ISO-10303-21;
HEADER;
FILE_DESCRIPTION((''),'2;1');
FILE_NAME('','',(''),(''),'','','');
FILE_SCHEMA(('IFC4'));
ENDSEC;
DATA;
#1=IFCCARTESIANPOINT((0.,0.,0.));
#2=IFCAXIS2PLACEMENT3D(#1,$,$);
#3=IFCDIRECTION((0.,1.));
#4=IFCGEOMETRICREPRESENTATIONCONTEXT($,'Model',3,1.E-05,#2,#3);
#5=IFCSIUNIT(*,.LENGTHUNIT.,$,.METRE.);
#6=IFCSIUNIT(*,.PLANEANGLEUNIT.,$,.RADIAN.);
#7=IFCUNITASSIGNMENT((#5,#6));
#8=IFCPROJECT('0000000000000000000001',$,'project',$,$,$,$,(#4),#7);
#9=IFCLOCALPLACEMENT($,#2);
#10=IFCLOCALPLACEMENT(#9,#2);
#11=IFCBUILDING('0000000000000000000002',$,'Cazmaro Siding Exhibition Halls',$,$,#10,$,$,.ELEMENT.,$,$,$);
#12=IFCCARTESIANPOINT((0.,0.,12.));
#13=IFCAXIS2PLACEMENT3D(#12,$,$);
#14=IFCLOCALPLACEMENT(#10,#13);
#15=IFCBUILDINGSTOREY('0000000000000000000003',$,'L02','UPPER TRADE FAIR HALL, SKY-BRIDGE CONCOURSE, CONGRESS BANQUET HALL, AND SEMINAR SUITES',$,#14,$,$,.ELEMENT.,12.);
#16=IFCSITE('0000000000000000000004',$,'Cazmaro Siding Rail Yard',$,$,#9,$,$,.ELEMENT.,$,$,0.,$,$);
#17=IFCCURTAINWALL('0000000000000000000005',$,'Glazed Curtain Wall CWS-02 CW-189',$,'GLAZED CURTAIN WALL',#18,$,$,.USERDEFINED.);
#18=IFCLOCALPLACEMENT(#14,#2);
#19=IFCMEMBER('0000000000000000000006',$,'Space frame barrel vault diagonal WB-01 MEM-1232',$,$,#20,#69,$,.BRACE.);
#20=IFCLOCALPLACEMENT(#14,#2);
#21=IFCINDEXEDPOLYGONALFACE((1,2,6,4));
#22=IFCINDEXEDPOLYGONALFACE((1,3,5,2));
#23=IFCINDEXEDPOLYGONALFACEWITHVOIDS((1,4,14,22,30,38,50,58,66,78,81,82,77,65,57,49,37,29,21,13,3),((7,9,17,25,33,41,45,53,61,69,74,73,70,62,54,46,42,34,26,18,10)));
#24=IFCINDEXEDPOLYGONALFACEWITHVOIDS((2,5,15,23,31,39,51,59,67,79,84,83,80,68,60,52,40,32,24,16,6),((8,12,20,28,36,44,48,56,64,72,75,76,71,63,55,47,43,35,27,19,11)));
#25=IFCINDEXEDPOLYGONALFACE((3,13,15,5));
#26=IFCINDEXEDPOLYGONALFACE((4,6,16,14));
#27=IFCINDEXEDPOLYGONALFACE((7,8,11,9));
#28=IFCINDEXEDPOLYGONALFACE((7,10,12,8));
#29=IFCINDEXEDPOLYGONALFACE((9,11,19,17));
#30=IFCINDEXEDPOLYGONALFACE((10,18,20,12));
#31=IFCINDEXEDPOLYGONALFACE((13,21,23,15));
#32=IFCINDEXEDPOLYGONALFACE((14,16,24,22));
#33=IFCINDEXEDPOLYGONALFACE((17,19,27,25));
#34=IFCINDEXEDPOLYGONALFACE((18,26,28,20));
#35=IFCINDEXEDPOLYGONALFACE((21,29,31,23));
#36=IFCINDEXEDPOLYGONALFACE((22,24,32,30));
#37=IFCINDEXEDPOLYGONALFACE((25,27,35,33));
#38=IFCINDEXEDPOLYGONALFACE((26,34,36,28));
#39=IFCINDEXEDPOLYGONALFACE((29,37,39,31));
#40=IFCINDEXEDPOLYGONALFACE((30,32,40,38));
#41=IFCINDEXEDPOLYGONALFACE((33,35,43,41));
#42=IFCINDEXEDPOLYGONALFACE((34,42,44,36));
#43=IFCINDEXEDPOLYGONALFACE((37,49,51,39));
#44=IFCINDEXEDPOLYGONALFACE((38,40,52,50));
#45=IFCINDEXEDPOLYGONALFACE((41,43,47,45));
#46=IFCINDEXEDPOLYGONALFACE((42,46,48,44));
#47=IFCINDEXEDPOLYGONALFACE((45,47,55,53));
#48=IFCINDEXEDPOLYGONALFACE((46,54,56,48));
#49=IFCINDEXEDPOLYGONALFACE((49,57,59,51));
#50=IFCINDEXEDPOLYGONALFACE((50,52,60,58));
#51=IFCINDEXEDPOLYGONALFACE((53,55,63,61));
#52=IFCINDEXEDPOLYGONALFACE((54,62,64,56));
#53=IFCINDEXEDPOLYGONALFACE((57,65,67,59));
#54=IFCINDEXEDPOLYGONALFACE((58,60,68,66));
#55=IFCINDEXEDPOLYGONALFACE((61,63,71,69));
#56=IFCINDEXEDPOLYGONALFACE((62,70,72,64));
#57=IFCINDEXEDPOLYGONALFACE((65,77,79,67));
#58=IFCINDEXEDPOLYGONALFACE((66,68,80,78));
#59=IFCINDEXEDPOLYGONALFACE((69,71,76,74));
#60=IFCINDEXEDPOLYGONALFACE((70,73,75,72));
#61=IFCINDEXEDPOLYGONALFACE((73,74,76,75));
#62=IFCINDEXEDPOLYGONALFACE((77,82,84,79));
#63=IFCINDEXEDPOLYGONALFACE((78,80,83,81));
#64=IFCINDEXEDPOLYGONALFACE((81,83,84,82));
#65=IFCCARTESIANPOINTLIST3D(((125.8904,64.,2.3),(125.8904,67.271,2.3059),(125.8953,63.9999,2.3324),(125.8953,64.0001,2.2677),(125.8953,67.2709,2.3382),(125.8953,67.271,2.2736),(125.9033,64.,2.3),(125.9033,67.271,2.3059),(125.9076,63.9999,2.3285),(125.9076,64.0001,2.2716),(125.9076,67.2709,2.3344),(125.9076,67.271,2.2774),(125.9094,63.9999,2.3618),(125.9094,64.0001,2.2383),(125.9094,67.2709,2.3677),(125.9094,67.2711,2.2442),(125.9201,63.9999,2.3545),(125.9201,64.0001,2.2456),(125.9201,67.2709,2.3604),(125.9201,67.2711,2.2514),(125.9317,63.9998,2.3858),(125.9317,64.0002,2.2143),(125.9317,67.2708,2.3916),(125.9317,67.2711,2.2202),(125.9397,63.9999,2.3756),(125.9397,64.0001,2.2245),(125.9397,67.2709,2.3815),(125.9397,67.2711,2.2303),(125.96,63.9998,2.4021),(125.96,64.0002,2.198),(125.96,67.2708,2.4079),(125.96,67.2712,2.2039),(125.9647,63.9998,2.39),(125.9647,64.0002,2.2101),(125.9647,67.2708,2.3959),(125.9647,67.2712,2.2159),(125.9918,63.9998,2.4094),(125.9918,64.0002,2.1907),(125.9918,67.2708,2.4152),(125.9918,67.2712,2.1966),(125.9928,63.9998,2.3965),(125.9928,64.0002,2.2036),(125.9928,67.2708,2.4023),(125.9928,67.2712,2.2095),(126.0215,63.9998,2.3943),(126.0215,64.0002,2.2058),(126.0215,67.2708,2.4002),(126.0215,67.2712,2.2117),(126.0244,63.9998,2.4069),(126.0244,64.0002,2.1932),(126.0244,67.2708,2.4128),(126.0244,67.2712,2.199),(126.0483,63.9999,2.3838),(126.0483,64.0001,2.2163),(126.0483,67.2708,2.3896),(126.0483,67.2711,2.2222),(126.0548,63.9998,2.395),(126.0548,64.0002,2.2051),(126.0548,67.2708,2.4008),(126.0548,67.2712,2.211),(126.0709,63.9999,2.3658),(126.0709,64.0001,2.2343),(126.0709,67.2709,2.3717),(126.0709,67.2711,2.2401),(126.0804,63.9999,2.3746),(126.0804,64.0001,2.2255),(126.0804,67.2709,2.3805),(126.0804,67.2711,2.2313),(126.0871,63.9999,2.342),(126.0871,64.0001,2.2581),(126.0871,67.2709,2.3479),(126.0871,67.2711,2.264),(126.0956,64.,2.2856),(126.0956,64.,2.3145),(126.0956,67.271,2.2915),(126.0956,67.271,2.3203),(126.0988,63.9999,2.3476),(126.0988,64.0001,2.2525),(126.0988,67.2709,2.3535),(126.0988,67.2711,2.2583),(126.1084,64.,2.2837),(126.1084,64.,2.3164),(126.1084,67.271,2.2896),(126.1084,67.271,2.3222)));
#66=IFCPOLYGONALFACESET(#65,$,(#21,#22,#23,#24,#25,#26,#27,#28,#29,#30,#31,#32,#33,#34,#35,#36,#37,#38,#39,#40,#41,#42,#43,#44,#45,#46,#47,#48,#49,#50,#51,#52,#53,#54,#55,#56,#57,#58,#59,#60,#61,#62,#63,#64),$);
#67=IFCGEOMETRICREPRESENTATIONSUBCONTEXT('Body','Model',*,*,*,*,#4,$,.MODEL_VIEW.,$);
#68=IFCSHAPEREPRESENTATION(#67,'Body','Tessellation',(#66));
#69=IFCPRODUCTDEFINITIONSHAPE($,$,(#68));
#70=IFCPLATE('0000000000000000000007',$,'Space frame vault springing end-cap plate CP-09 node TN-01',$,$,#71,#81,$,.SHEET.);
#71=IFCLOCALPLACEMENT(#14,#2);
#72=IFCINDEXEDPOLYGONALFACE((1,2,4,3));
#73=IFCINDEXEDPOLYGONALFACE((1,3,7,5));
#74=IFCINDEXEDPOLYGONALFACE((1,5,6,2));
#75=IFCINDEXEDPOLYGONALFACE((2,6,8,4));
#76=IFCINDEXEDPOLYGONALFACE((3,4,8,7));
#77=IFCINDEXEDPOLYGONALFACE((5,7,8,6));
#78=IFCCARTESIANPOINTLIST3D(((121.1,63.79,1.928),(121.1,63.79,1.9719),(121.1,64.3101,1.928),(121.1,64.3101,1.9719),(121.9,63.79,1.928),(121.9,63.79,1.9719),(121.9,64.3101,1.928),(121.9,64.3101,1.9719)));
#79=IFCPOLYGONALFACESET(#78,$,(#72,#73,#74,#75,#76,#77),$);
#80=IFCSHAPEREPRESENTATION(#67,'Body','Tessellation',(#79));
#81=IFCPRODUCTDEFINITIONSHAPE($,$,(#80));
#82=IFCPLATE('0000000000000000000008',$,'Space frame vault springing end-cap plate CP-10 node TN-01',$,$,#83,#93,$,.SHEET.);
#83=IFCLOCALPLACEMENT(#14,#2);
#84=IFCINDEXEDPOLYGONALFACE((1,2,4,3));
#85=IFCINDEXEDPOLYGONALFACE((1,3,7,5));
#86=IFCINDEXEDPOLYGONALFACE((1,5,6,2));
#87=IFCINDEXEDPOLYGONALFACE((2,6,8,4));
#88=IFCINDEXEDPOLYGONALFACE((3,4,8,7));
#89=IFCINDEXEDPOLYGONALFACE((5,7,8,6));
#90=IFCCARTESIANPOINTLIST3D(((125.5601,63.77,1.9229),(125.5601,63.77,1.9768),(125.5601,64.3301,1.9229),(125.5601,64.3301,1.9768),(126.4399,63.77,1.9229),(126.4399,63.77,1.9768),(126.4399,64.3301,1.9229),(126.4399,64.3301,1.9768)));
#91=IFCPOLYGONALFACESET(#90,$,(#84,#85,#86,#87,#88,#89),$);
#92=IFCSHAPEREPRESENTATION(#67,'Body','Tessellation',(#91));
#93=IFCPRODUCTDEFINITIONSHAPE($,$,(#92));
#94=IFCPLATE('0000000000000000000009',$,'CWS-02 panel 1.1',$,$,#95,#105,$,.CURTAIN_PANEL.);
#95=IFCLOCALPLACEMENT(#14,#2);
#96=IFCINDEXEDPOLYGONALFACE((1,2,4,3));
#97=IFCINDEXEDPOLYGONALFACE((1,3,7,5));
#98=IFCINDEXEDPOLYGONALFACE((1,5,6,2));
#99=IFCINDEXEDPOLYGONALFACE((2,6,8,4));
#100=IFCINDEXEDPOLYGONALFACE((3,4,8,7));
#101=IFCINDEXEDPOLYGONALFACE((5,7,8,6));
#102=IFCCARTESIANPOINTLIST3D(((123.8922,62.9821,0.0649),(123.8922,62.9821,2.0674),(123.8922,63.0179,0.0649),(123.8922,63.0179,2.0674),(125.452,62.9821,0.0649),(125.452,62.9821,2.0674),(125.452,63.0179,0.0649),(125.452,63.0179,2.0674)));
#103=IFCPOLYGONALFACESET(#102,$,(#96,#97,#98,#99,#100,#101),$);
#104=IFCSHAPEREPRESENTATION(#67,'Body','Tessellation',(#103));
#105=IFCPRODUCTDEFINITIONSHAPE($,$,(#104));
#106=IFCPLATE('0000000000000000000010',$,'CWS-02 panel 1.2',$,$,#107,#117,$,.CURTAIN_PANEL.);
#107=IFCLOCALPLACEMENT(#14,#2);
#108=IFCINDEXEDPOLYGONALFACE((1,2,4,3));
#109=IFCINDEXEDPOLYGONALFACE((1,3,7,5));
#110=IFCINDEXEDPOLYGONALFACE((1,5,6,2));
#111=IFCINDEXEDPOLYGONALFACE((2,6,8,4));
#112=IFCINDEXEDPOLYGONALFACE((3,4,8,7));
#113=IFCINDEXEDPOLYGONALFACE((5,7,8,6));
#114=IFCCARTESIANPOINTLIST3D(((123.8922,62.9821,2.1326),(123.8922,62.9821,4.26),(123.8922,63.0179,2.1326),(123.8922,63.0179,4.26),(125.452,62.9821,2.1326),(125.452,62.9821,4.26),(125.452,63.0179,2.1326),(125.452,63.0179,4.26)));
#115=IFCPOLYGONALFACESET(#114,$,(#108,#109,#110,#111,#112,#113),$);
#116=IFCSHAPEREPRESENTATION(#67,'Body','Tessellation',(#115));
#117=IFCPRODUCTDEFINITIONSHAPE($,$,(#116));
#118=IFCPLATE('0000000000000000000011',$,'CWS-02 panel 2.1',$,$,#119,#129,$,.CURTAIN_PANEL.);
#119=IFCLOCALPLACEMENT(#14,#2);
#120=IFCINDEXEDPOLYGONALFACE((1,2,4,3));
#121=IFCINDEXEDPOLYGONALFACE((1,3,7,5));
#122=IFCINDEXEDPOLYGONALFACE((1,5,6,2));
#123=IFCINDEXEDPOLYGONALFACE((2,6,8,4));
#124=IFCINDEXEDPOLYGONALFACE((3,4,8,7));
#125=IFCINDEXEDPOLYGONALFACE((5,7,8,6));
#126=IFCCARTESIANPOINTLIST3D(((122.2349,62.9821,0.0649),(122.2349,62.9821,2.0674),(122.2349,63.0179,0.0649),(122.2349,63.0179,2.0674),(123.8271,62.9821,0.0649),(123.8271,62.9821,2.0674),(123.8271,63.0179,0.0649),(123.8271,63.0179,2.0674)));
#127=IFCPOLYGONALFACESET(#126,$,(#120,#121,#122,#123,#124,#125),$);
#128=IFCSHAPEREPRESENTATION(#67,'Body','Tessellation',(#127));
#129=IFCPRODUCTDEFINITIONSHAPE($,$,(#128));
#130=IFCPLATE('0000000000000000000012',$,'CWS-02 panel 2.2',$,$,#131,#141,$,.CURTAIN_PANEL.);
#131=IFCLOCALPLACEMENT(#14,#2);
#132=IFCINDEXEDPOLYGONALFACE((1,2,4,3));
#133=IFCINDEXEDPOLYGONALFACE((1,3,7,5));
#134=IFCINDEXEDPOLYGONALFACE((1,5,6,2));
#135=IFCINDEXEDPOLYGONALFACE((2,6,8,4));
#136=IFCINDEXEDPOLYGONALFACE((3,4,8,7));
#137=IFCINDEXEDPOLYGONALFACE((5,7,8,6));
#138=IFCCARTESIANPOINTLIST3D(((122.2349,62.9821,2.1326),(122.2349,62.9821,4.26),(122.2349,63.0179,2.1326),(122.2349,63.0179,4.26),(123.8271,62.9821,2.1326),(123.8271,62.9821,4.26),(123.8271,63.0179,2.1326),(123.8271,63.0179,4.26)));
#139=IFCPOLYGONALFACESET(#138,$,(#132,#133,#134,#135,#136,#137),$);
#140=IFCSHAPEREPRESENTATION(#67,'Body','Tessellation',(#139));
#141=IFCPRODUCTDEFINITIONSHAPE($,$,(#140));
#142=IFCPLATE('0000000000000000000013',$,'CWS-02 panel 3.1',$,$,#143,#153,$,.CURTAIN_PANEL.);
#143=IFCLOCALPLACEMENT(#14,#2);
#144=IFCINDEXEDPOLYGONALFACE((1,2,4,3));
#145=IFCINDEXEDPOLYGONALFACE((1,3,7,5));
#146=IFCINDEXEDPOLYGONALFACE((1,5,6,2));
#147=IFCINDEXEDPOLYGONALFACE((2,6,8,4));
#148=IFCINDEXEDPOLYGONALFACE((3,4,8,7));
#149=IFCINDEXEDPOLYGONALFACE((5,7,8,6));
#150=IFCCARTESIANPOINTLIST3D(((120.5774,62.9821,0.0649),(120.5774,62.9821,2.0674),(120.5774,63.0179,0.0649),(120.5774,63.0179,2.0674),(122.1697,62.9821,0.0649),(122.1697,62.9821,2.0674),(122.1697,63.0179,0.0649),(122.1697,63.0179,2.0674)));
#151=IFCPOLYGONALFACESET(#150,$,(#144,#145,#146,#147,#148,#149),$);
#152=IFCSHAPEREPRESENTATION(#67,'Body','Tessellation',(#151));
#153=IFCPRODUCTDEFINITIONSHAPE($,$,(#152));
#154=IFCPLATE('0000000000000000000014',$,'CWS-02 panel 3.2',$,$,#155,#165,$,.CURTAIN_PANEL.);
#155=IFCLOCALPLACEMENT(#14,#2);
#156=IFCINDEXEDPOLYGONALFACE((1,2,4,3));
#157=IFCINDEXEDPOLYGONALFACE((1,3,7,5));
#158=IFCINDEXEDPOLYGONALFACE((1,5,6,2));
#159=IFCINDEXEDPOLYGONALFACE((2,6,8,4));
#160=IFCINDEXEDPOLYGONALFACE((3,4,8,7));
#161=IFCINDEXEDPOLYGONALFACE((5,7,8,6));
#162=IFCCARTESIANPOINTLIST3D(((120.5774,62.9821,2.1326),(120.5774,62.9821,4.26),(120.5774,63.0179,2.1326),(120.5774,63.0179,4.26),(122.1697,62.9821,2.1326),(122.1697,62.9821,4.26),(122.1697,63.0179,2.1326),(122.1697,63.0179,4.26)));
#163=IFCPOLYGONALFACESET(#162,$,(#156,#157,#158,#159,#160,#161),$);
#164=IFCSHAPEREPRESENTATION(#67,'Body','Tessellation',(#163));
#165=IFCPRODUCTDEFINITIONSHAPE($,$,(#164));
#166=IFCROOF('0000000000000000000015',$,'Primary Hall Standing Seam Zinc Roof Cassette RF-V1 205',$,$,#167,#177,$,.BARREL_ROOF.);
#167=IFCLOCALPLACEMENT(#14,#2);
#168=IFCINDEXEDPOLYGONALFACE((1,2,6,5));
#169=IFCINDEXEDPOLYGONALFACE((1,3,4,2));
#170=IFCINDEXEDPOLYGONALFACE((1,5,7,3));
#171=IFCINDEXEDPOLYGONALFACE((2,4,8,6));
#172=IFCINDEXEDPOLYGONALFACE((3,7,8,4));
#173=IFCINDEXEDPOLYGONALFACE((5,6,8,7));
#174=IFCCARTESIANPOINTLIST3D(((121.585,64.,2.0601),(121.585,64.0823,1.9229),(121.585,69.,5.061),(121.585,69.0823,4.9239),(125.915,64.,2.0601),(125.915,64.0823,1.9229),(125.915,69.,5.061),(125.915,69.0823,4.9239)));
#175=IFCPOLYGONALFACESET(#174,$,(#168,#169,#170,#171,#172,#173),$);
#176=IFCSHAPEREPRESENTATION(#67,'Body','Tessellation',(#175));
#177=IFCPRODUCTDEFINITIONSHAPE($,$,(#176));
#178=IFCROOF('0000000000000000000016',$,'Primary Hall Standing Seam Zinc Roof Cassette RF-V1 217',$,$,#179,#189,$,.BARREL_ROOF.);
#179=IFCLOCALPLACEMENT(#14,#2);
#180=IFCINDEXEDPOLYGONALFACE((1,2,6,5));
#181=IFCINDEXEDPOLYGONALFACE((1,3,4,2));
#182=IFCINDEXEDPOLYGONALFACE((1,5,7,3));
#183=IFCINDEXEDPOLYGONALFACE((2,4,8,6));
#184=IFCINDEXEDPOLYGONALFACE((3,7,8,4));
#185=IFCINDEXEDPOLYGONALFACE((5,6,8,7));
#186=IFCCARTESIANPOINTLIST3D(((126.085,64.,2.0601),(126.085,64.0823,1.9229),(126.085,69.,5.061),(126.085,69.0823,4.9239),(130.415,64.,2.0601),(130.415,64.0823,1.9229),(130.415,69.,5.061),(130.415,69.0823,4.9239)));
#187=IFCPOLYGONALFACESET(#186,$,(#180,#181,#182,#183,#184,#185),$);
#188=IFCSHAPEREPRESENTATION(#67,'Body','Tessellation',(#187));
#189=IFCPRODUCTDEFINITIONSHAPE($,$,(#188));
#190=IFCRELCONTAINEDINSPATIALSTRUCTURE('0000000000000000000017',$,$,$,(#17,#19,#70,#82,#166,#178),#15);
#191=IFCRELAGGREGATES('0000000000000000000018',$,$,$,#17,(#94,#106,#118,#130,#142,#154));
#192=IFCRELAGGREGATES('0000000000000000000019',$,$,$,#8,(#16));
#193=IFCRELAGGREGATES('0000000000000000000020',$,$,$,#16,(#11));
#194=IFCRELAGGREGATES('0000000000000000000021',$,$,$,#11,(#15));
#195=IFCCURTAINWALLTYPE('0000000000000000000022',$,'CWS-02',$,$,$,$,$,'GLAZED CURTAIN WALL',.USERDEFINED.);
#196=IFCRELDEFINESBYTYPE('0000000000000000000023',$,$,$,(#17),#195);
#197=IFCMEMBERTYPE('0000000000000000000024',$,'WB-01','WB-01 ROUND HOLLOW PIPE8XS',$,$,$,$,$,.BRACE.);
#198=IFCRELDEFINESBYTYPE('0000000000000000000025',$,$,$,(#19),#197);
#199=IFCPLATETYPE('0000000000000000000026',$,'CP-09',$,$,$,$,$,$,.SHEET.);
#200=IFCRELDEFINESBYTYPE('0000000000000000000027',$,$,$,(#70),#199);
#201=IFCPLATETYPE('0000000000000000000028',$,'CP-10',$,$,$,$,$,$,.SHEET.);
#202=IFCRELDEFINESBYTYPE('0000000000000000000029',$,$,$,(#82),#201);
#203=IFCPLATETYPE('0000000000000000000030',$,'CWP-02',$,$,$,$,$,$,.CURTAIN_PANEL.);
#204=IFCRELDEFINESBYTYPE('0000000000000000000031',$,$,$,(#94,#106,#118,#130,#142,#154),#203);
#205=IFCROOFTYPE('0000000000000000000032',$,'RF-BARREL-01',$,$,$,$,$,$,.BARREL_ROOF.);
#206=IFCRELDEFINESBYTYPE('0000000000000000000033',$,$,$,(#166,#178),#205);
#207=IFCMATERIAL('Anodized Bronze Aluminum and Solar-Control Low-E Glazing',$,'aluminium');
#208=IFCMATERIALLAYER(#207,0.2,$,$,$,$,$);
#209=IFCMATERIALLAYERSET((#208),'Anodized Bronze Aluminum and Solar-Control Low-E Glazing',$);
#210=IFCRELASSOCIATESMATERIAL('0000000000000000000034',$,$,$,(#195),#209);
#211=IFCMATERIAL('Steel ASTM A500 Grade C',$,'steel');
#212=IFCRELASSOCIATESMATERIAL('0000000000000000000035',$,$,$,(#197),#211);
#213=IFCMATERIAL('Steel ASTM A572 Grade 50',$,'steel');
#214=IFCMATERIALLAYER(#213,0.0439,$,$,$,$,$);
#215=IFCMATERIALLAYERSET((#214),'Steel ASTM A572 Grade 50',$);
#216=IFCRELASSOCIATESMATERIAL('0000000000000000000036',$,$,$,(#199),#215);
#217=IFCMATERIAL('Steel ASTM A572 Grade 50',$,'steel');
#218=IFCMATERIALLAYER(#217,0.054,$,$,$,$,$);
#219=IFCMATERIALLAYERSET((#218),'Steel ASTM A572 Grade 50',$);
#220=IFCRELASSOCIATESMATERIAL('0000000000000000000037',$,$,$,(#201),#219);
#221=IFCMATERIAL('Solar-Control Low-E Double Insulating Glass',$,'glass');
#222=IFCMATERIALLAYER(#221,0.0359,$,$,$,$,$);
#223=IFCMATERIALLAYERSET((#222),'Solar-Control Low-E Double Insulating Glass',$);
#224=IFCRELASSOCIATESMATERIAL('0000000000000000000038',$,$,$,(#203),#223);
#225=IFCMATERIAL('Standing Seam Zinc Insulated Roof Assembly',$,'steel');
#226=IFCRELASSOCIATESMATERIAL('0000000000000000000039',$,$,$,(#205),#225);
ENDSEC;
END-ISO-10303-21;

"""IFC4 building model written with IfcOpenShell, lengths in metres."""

from ifc_helpers import new_model, si_unit, direction, frame, origin, origin_2d, place, context, subcontext, project, spatial, polyline, rectangle, hollow_circle, outline, extrude, material, layer, layer_set, material_profile, profile_set, type_object, element, aggregate, save


model = new_model("IFC4")

# Units and contexts
model_context = context("Model", 3, precision=1e-05, world=origin(), true_north=direction((0.0, 1.0)))
body_context = subcontext(model_context, "Body", "Model", "MODEL_VIEW")
ifc_project = project(units=[si_unit("LENGTHUNIT", "METRE"), si_unit("PLANEANGLEUNIT", "RADIAN")], contexts=[model_context])

# Site, building, storey
site_placement = place(None, origin())
site = spatial("IfcSite", under=ifc_project, at=site_placement, Name="Cazmaro Siding Rail Yard", CompositionType="ELEMENT", RefElevation=0.0)
building_placement = place(site_placement, origin())
building = spatial("IfcBuilding", under=site, at=building_placement, Name="Cazmaro Siding Exhibition Halls", CompositionType="ELEMENT")
storey_placement = place(building_placement, frame((0.0, 0.0, 12.0)))
storey = spatial("IfcBuildingStorey", under=building, at=storey_placement, Name="L02", Description="UPPER TRADE FAIR HALL, SKY-BRIDGE CONCOURSE, CONGRESS BANQUET HALL, AND SEMINAR SUITES", CompositionType="ELEMENT", Elevation=12.0)

# Curtain wall
ifc_material_1 = material(Name="Anodized Bronze Aluminum and Solar-Control Low-E Glazing", Category="aluminium")
ifc_layer_1 = layer(ifc_material_1, 0.2)
ifc_layer_set_1 = layer_set([ifc_layer_1], Name="Anodized Bronze Aluminum and Solar-Control Low-E Glazing")
curtain_wall_type = type_object("IfcCurtainWallType", Name="CWS-02", ElementType="GLAZED CURTAIN WALL", PredefinedType="USERDEFINED", material=ifc_layer_set_1)
curtain_wall_placement = place(storey_placement, origin())
curtain_wall = element("IfcCurtainWall", 1, at=curtain_wall_placement, inside=storey, type_object=curtain_wall_type, Name="Glazed Curtain Wall CWS-02 CW-189", ObjectType="GLAZED CURTAIN WALL", PredefinedType="USERDEFINED")

# Member
ifc_material_2 = material(Name="Steel ASTM A500 Grade C", Category="steel")
ifc_material_profile_1 = material_profile(ifc_material_2, hollow_circle(Radius=0.1096, WallThickness=0.0129, at=origin_2d()), Name="PIPE8XS")
ifc_profile_set_1 = profile_set([ifc_material_profile_1], Name="Steel ASTM A500 Grade C")
member_type_1 = type_object("IfcMemberType", Name="WB-01", Description="WB-01 ROUND HOLLOW PIPE8XS", PredefinedType="BRACE", material=ifc_profile_set_1)
for number, where, z_axis, x_axis, name in (
    (2, (126.0, 64.0, 2.3), (0.0, 0.999998, 0.001791), (-1.0, 0.0, 0.0), "Space frame barrel vault diagonal WB-01 MEM-1232"),
):
    element("IfcMember", number, at=place(storey_placement, frame(where, z_axis=z_axis, x_axis=x_axis)), inside=storey, type_object=member_type_1, Name=name, PredefinedType="BRACE", context=body_context, shape_type="SweptSolid", body=[
        extrude(hollow_circle(Radius=0.1096, WallThickness=0.0129, at=origin_2d()), origin(), (0.0, 0.0, 1.0), 3.271),
    ])

# Plates
ifc_material_3 = material(Name="Steel ASTM A572 Grade 50", Category="steel")
ifc_layer_2 = layer(ifc_material_3, 0.0439)
ifc_layer_set_2 = layer_set([ifc_layer_2], Name="Steel ASTM A572 Grade 50")
plate_type_1 = type_object("IfcPlateType", Name="CP-09", PredefinedType="SHEET", material=ifc_layer_set_2)
plate_1_placement = place(storey_placement, frame((121.5, 64.05, 1.928), z_axis=(0.0, 0.0, 1.0), x_axis=(1.0, 0.0, 0.0)))
element("IfcPlate", 3, at=plate_1_placement, inside=storey, type_object=plate_type_1, Name="Space frame vault springing end-cap plate CP-09 node TN-01", PredefinedType="SHEET", context=body_context, shape_type="SweptSolid", body=[
    extrude(rectangle(XDim=0.8, YDim=0.52, at=origin_2d()), origin(), (0.0, 0.0, 1.0), 0.0439),
])
ifc_material_4 = material(Name="Steel ASTM A572 Grade 50", Category="steel")
ifc_layer_3 = layer(ifc_material_4, 0.054)
ifc_layer_set_3 = layer_set([ifc_layer_3], Name="Steel ASTM A572 Grade 50")
plate_type_2 = type_object("IfcPlateType", Name="CP-10", PredefinedType="SHEET", material=ifc_layer_set_3)
plate_2_placement = place(storey_placement, frame((126.0, 64.05, 1.9229), z_axis=(0.0, 0.0, 1.0), x_axis=(1.0, 0.0, 0.0)))
element("IfcPlate", 4, at=plate_2_placement, inside=storey, type_object=plate_type_2, Name="Space frame vault springing end-cap plate CP-10 node TN-01", PredefinedType="SHEET", context=body_context, shape_type="SweptSolid", body=[
    extrude(rectangle(XDim=0.8799, YDim=0.5601, at=origin_2d()), origin(), (0.0, 0.0, 1.0), 0.054),
])

# Plates
ifc_material_5 = material(Name="Solar-Control Low-E Double Insulating Glass", Category="glass")
ifc_layer_4 = layer(ifc_material_5, 0.0359)
ifc_layer_set_4 = layer_set([ifc_layer_4], Name="Solar-Control Low-E Double Insulating Glass")
plate_type_3 = type_object("IfcPlateType", Name="CWP-02", PredefinedType="CURTAIN_PANEL", material=ifc_layer_set_4)
plate_3_placement = place(storey_placement, frame((124.6721, 63.0, 0.0649), z_axis=(0.0, 0.0, 1.0), x_axis=(-1.0, 0.0, 0.0)))
plate_3 = element("IfcPlate", 5, at=plate_3_placement, type_object=plate_type_3, Name="CWS-02 panel 1.1", PredefinedType="CURTAIN_PANEL", context=body_context, shape_type="SweptSolid", body=[
    extrude(rectangle(XDim=1.5598, YDim=0.0359, at=origin_2d()), origin(), (0.0, 0.0, 1.0), 2.0024),
])
plate_4_placement = place(storey_placement, frame((124.6721, 63.0, 2.1326), z_axis=(0.0, 0.0, 1.0), x_axis=(-1.0, 0.0, 0.0)))
plate_4 = element("IfcPlate", 6, at=plate_4_placement, type_object=plate_type_3, Name="CWS-02 panel 1.2", PredefinedType="CURTAIN_PANEL", context=body_context, shape_type="SweptSolid", body=[
    extrude(rectangle(XDim=1.5598, YDim=0.0359, at=origin_2d()), origin(), (0.0, 0.0, 1.0), 2.1274),
])
plate_5_placement = place(storey_placement, frame((123.031, 63.0, 0.0649), z_axis=(0.0, 0.0, 1.0), x_axis=(-1.0, 0.0, 0.0)))
plate_5 = element("IfcPlate", 7, at=plate_5_placement, type_object=plate_type_3, Name="CWS-02 panel 2.1", PredefinedType="CURTAIN_PANEL", context=body_context, shape_type="SweptSolid", body=[
    extrude(rectangle(XDim=1.5923, YDim=0.0359, at=origin_2d()), origin(), (0.0, 0.0, 1.0), 2.0024),
])
plate_6_placement = place(storey_placement, frame((123.031, 63.0, 2.1326), z_axis=(0.0, 0.0, 1.0), x_axis=(-1.0, 0.0, 0.0)))
plate_6 = element("IfcPlate", 8, at=plate_6_placement, type_object=plate_type_3, Name="CWS-02 panel 2.2", PredefinedType="CURTAIN_PANEL", context=body_context, shape_type="SweptSolid", body=[
    extrude(rectangle(XDim=1.5923, YDim=0.0359, at=origin_2d()), origin(), (0.0, 0.0, 1.0), 2.1274),
])
plate_7_placement = place(storey_placement, frame((121.3735, 63.0, 0.0649), z_axis=(0.0, 0.0, 1.0), x_axis=(-1.0, 0.0, 0.0)))
plate_7 = element("IfcPlate", 9, at=plate_7_placement, type_object=plate_type_3, Name="CWS-02 panel 3.1", PredefinedType="CURTAIN_PANEL", context=body_context, shape_type="SweptSolid", body=[
    extrude(rectangle(XDim=1.5923, YDim=0.0359, at=origin_2d()), origin(), (0.0, 0.0, 1.0), 2.0024),
])
plate_8_placement = place(storey_placement, frame((121.3735, 63.0, 2.1326), z_axis=(0.0, 0.0, 1.0), x_axis=(-1.0, 0.0, 0.0)))
plate_8 = element("IfcPlate", 10, at=plate_8_placement, type_object=plate_type_3, Name="CWS-02 panel 3.2", PredefinedType="CURTAIN_PANEL", context=body_context, shape_type="SweptSolid", body=[
    extrude(rectangle(XDim=1.5923, YDim=0.0359, at=origin_2d()), origin(), (0.0, 0.0, 1.0), 2.1274),
])
aggregate(curtain_wall, [plate_3, plate_4, plate_5, plate_6, plate_7, plate_8])

# Roofs
ifc_material_6 = material(Name="Standing Seam Zinc Insulated Roof Assembly", Category="steel")
roof_type = type_object("IfcRoofType", Name="RF-BARREL-01", PredefinedType="BARREL_ROOF", material=ifc_material_6)
for number, where, z_axis, x_axis, name in (
    (11, (121.585, 64.0, 2.0601), (0.0, -0.514619, 0.857419), (1.0, 0.0, 0.0), "Primary Hall Standing Seam Zinc Roof Cassette RF-V1 205"),
    (12, (126.085, 64.0, 2.0601), (0.0, -0.514619, 0.857419), (1.0, 0.0, 0.0), "Primary Hall Standing Seam Zinc Roof Cassette RF-V1 217"),
):
    element("IfcRoof", number, at=place(storey_placement, frame(where, z_axis=z_axis, x_axis=x_axis)), inside=storey, type_object=roof_type, Name=name, PredefinedType="BARREL_ROOF", context=body_context, shape_type="SweptSolid", body=[
        extrude(outline(polyline([(0.0, 0.0), (4.3301, 0.0), (4.3301, 5.8315), (0.0, 5.8315), (0.0, 0.0)])), origin(), (0.0, 0.0, -1.0), 0.1599),
    ])

save(model, "model.ifc")
